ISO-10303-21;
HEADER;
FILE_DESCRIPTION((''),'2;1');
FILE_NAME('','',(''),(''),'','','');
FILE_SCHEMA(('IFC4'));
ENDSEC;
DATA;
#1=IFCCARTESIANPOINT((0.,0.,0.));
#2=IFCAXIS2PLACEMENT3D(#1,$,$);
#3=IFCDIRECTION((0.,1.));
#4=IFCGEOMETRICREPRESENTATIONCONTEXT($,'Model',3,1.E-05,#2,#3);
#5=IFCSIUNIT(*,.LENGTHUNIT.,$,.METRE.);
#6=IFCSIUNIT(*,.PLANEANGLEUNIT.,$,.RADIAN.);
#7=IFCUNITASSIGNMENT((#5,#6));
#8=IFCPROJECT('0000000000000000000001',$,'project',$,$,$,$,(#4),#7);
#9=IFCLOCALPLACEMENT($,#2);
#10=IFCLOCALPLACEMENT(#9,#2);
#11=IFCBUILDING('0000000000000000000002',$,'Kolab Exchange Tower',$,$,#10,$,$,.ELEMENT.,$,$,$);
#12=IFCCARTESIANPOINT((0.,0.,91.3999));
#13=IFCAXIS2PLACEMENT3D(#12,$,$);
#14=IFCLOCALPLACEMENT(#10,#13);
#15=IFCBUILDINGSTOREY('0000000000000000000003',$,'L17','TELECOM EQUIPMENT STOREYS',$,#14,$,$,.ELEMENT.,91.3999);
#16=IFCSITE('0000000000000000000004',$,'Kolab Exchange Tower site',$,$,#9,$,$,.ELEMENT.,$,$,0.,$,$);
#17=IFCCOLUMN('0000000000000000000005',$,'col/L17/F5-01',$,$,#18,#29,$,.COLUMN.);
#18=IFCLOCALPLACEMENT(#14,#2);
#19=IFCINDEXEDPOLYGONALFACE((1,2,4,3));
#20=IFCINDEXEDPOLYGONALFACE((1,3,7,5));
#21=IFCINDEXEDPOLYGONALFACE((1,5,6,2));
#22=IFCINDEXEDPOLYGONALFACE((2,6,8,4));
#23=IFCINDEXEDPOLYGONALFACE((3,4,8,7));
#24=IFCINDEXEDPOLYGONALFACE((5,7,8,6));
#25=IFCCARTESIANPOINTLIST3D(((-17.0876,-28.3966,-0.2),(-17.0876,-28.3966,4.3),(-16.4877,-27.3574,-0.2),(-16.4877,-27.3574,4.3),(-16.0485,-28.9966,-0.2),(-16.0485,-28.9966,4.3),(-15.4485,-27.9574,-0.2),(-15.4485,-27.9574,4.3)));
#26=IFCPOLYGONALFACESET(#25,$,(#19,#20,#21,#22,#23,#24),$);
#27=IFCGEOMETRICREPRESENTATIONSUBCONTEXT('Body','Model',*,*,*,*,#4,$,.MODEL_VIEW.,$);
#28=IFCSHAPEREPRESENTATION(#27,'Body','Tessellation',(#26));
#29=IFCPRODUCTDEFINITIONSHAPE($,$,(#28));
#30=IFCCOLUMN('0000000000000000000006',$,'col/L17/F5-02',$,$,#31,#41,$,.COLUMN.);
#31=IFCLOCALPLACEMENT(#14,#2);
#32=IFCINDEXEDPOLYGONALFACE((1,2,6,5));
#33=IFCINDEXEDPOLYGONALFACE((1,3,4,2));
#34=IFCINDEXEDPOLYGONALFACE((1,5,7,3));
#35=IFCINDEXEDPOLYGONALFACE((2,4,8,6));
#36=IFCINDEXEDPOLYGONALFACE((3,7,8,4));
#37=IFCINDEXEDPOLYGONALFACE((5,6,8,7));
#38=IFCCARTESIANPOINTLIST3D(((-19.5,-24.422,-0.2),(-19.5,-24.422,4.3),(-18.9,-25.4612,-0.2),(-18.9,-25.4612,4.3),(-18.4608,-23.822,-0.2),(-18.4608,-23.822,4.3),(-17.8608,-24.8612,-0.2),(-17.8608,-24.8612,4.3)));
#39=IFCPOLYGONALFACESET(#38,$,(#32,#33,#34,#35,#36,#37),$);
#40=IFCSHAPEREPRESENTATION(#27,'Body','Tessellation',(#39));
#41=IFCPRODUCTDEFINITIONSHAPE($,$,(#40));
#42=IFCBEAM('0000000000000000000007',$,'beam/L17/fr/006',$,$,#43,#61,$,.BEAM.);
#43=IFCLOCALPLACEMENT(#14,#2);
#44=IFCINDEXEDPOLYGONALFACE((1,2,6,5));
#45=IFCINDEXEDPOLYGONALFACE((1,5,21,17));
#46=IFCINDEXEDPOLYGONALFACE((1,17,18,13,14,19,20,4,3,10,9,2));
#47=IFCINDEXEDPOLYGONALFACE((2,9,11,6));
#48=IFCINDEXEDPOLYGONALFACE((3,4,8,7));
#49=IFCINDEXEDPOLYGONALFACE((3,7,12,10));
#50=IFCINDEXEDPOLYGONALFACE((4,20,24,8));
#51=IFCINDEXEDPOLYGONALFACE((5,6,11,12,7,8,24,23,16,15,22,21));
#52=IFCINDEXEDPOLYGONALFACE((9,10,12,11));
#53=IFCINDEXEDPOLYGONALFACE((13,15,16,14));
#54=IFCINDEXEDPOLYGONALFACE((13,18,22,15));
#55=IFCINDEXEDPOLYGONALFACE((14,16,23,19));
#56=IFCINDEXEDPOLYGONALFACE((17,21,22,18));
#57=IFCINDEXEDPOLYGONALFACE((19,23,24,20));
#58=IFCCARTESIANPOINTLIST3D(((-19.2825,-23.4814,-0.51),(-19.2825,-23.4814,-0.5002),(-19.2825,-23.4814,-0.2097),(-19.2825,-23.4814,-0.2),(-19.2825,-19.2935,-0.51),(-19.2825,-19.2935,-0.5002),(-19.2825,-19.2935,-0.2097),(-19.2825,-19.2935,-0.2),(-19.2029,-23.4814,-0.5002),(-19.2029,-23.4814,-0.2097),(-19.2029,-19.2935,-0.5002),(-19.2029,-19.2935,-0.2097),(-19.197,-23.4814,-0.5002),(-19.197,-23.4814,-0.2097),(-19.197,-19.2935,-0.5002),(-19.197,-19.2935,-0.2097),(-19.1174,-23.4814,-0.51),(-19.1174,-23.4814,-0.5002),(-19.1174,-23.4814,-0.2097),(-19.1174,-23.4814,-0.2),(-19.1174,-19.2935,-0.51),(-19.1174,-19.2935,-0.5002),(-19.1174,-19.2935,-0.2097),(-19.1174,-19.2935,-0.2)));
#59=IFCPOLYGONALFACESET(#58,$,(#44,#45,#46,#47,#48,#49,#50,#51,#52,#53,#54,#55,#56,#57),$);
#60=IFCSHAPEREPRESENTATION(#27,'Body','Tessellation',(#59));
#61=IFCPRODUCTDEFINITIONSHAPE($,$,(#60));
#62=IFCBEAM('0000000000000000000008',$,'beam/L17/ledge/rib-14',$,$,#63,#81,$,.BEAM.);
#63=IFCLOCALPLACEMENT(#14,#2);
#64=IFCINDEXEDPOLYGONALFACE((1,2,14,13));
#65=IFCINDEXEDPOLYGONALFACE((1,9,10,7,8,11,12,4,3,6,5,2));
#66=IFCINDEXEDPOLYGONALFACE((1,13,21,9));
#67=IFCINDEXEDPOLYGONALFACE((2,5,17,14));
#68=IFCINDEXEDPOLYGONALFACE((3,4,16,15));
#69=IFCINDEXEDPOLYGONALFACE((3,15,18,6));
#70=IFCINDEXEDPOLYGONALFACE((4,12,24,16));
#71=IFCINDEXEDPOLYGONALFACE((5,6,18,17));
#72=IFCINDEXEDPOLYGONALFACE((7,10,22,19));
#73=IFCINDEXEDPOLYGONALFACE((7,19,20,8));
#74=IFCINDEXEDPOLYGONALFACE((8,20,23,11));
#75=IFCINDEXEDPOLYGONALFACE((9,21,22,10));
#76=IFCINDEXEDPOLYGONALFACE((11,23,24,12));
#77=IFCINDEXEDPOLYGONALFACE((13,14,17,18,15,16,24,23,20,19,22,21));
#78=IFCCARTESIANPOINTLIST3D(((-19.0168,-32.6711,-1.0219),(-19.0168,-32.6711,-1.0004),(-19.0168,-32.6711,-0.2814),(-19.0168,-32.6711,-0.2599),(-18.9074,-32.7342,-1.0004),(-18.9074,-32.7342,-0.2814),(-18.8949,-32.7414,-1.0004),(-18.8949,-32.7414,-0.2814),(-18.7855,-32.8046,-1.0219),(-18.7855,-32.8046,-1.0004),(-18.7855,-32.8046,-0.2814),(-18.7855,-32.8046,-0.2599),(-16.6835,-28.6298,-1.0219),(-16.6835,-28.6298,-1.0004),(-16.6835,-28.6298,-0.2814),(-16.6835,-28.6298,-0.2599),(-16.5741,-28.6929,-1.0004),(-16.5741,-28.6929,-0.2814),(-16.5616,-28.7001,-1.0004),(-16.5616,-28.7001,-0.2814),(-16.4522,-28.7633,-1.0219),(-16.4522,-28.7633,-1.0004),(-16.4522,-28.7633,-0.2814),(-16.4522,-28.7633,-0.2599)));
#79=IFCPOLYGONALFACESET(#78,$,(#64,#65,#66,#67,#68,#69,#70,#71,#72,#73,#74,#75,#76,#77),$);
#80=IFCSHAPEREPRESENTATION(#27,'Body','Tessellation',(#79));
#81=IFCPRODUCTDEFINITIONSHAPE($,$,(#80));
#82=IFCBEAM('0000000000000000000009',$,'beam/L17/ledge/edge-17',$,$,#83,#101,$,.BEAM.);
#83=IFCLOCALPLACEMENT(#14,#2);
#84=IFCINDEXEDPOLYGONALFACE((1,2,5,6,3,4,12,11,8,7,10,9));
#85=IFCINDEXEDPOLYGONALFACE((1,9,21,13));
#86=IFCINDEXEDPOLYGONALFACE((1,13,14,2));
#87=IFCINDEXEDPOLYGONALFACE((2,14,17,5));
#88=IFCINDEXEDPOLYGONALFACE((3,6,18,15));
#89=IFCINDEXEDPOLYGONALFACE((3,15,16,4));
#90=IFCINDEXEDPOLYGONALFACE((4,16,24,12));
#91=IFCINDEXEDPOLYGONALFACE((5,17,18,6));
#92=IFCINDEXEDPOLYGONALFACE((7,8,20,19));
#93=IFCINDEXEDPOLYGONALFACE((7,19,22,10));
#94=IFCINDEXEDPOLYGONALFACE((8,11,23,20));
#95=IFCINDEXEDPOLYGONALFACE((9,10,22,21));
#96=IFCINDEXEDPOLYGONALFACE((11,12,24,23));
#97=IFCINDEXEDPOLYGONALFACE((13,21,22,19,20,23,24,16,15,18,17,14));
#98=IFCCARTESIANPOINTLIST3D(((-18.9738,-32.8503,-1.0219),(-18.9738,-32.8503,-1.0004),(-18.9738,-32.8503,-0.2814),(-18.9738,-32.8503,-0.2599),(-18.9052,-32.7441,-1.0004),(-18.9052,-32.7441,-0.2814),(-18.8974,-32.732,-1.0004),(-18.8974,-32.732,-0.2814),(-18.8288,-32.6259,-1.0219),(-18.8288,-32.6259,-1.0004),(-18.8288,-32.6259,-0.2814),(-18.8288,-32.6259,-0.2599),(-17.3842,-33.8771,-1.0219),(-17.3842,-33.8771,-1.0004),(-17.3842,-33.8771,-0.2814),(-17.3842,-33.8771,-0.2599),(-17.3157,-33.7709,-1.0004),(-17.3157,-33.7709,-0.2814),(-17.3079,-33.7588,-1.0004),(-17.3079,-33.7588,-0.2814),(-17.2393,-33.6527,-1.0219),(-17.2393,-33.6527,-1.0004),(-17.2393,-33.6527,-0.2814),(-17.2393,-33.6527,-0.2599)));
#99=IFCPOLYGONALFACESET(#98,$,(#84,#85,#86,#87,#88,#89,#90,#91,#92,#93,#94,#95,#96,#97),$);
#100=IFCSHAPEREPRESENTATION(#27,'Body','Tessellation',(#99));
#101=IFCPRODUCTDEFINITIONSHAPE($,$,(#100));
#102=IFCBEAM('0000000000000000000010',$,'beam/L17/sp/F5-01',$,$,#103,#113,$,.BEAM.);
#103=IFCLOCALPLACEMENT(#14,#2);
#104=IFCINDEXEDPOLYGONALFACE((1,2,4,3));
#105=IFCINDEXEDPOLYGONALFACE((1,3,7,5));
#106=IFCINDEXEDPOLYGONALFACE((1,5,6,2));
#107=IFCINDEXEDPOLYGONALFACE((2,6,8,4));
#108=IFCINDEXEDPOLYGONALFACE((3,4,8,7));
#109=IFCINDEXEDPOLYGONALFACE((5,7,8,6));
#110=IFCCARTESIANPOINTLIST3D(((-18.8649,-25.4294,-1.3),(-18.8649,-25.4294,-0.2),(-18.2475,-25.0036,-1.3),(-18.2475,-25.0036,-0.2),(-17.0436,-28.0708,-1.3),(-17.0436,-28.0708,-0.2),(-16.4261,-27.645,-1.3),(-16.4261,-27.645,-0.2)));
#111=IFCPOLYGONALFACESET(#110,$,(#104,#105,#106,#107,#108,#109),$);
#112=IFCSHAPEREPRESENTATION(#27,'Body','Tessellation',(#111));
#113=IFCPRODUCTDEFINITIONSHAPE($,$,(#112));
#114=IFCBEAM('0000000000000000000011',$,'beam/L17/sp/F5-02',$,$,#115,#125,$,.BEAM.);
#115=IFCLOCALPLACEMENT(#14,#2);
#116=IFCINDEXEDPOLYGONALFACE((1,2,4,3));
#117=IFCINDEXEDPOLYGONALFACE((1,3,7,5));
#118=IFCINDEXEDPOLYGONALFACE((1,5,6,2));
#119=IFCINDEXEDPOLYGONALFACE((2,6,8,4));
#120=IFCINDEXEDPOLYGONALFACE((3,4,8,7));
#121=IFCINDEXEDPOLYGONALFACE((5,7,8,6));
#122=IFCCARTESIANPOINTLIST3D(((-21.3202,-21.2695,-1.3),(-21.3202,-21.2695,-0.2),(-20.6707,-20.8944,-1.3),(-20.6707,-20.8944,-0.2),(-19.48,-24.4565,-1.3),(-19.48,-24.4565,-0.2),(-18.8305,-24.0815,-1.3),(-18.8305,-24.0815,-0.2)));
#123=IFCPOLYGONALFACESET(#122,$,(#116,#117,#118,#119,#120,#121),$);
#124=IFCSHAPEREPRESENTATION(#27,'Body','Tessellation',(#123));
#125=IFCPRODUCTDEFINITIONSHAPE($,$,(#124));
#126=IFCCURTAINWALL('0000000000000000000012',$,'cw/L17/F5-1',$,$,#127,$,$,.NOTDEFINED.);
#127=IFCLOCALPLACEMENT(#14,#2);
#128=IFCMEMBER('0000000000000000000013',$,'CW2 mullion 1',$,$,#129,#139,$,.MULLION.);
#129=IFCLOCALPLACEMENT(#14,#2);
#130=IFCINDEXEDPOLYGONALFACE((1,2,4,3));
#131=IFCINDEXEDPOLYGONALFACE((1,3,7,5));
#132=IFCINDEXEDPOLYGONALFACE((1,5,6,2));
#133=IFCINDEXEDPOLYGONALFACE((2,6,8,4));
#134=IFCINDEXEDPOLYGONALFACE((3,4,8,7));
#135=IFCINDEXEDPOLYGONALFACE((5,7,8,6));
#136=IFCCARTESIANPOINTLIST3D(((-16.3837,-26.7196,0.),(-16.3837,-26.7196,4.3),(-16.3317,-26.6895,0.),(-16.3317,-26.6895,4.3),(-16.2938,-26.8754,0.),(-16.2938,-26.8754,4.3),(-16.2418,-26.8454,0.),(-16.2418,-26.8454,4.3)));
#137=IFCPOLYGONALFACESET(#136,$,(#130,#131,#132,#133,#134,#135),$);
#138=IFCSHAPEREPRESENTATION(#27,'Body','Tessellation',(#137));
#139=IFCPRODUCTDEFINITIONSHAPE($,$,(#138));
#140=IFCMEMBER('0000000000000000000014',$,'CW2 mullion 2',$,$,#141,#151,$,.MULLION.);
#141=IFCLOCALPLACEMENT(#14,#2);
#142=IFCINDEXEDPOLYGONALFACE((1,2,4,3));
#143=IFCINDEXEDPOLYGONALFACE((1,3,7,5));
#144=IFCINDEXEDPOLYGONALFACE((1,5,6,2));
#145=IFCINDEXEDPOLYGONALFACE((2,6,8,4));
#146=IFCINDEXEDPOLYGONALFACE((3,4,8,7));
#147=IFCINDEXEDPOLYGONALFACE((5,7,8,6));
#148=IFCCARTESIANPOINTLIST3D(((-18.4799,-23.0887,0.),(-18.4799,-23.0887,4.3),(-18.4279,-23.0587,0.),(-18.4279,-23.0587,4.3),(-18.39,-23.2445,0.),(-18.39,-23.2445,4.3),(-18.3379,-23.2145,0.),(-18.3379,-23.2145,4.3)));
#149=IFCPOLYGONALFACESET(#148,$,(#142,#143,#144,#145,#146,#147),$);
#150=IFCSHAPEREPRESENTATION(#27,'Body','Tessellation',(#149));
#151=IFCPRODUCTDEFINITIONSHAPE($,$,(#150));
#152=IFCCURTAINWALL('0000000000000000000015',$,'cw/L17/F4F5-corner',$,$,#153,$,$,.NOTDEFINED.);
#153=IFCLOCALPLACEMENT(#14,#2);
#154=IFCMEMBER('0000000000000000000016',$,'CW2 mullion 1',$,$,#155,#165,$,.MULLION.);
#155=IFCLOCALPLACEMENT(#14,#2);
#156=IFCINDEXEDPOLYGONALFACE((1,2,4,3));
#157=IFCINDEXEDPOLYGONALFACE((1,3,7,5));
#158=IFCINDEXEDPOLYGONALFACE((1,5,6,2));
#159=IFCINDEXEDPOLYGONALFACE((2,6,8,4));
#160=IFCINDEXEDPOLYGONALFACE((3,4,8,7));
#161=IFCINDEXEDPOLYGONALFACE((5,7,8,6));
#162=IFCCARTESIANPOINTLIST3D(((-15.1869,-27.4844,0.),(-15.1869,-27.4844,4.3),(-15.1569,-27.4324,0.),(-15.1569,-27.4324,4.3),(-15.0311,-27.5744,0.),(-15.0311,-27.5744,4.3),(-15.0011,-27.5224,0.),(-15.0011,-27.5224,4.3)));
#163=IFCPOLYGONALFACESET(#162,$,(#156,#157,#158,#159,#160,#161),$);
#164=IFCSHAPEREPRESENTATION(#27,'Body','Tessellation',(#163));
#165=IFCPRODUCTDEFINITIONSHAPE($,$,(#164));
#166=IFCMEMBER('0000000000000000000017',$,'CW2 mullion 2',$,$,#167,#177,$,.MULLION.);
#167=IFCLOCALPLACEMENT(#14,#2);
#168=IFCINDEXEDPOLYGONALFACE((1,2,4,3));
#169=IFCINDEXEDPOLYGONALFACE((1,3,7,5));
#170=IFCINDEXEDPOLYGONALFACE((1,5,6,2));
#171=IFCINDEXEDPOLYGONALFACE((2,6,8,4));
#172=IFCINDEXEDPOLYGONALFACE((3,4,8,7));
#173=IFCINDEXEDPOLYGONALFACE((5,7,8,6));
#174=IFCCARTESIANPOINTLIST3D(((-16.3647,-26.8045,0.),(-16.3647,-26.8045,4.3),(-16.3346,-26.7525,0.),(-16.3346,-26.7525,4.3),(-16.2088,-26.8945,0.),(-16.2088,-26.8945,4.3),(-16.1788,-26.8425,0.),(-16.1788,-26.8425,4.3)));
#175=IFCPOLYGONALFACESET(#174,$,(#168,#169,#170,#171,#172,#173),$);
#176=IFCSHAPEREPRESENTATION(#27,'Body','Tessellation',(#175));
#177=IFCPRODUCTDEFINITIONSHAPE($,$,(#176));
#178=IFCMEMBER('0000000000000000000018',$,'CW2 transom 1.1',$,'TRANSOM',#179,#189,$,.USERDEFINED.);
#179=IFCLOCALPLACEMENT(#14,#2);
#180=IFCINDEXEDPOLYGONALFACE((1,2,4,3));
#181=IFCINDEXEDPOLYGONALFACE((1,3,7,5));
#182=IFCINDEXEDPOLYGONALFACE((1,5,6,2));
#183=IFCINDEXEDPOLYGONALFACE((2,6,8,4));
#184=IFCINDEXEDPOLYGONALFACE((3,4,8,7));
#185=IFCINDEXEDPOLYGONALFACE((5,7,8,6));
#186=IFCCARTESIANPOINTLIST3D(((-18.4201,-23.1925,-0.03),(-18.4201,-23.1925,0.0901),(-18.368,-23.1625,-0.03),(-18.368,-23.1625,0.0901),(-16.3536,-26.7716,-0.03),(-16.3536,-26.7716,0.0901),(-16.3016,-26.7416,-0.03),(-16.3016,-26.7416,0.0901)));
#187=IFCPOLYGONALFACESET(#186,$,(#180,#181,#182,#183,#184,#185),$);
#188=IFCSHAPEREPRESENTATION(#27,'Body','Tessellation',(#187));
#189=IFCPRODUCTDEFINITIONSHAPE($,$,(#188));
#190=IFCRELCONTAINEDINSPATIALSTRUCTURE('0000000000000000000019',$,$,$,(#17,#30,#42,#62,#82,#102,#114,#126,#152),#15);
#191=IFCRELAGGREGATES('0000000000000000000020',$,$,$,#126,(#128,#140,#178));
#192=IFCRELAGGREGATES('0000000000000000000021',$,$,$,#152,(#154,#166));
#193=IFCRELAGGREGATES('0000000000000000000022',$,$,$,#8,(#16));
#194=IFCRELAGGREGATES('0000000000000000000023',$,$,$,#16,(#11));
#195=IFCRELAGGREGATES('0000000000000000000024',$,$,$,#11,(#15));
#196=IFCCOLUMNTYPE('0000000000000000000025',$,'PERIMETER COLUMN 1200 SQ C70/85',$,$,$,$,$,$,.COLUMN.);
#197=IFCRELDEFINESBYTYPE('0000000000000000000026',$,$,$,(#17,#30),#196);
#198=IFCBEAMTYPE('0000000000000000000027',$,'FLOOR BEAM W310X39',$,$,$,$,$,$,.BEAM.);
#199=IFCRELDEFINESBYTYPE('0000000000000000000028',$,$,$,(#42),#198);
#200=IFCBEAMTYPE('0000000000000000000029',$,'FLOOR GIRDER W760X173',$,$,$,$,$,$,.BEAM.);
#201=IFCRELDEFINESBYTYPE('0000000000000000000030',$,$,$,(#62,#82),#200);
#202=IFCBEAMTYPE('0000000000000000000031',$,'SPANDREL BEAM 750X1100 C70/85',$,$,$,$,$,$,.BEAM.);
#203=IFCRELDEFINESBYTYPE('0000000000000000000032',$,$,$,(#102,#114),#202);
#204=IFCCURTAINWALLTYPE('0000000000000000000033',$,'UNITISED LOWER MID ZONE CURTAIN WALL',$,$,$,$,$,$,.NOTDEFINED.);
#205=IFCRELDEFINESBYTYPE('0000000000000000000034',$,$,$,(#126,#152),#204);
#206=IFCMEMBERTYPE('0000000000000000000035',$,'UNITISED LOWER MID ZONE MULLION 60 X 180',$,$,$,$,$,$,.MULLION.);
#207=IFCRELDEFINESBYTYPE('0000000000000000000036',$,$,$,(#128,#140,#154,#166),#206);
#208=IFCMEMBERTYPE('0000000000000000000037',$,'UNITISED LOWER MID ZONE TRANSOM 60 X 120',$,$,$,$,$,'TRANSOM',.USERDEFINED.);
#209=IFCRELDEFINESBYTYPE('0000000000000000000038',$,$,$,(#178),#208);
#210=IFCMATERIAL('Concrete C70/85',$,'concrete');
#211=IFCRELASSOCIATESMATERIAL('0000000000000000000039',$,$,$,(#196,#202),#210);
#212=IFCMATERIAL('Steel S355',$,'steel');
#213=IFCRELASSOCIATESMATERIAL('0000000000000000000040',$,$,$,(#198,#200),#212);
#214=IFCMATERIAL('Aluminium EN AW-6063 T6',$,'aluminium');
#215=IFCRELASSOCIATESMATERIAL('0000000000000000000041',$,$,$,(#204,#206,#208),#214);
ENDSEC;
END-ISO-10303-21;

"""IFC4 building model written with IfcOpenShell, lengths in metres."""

from ifc_helpers import new_model, si_unit, direction, frame, origin, origin_2d, place, context, subcontext, project, spatial, rectangle, i_section, extrude, material, material_profile, profile_set, type_object, element, aggregate, save


model = new_model("IFC4")

# Units and contexts
model_context = context("Model", 3, precision=1e-05, world=origin(), true_north=direction((0.0, 1.0)))
body_context = subcontext(model_context, "Body", "Model", "MODEL_VIEW")
ifc_project = project(units=[si_unit("LENGTHUNIT", "METRE"), si_unit("PLANEANGLEUNIT", "RADIAN")], contexts=[model_context])

# Site, building, storey
site_placement = place(None, origin())
site = spatial("IfcSite", under=ifc_project, at=site_placement, Name="Kolab Exchange Tower site", CompositionType="ELEMENT", RefElevation=0.0)
building_placement = place(site_placement, origin())
building = spatial("IfcBuilding", under=site, at=building_placement, Name="Kolab Exchange Tower", CompositionType="ELEMENT")
storey_placement = place(building_placement, frame((0.0, 0.0, 91.3999)))
storey = spatial("IfcBuildingStorey", under=building, at=storey_placement, Name="L17", Description="TELECOM EQUIPMENT STOREYS", CompositionType="ELEMENT", Elevation=91.3999)

# Columns
ifc_material_1 = material(Name="Concrete C70/85", Category="concrete")
ifc_material_profile_1 = material_profile(ifc_material_1, rectangle(XDim=1.2, YDim=1.2, at=origin_2d()), Name="RC1200")
ifc_profile_set_1 = profile_set([ifc_material_profile_1], Name="Concrete C70/85")
column_type = type_object("IfcColumnType", Name="PERIMETER COLUMN 1200 SQ C70/85", PredefinedType="COLUMN", material=ifc_profile_set_1)
for number, where, z_axis, x_axis, name in (
    (1, (-16.2681, -28.177, -0.2), (0.0, 0.0, 1.0), (0.5, 0.866025, 0.0), "col/L17/F5-01"),
    (2, (-18.6804, -24.6416, -0.2), (0.0, 0.0, 1.0), (0.866025, 0.5, 0.0), "col/L17/F5-02"),
):
    element("IfcColumn", number, at=place(storey_placement, frame(where, z_axis=z_axis, x_axis=x_axis)), inside=storey, type_object=column_type, Name=name, PredefinedType="COLUMN", context=body_context, shape_type="SweptSolid", body=[
        extrude(rectangle(XDim=1.2, YDim=1.2, at=origin_2d()), origin(), (0.0, 0.0, 1.0), 4.5),
    ])

# Beams
ifc_material_2 = material(Name="Steel S355", Category="steel")
ifc_material_profile_2 = material_profile(ifc_material_2, i_section(OverallWidth=0.165, OverallDepth=0.3101, WebThickness=0.0059, FlangeThickness=0.0098, at=origin_2d()), Name="W310X39")
ifc_profile_set_2 = profile_set([ifc_material_profile_2], Name="Steel S355")
beam_type_1 = type_object("IfcBeamType", Name="FLOOR BEAM W310X39", PredefinedType="BEAM", material=ifc_profile_set_2)
beam_1_placement = place(storey_placement, frame((-19.2, -23.4814, -0.355), z_axis=(0.0, 1.0, 0.0), x_axis=(-1.0, 0.0, 0.0)))
element("IfcBeam", 3, at=beam_1_placement, inside=storey, type_object=beam_type_1, Name="beam/L17/fr/006", PredefinedType="BEAM", context=body_context, shape_type="SweptSolid", body=[
    extrude(i_section(OverallWidth=0.165, OverallDepth=0.3101, WebThickness=0.0059, FlangeThickness=0.0098, at=origin_2d()), origin(), (0.0, 0.0, 1.0), 4.188),
])
ifc_material_profile_3 = material_profile(ifc_material_2, i_section(OverallWidth=0.2671, OverallDepth=0.762, WebThickness=0.0144, FlangeThickness=0.0215, at=origin_2d()), Name="W760X173")
ifc_profile_set_3 = profile_set([ifc_material_profile_3], Name="Steel S355")
beam_type_2 = type_object("IfcBeamType", Name="FLOOR GIRDER W760X173", PredefinedType="BEAM", material=ifc_profile_set_3)
beam_2_placement = place(storey_placement, frame((-16.5679, -28.6965, -0.6409), z_axis=(-0.500005, -0.866023, 0.0), x_axis=(0.866023, -0.500005, 0.0)))
element("IfcBeam", 4, at=beam_2_placement, inside=storey, type_object=beam_type_2, Name="beam/L17/ledge/rib-14", PredefinedType="BEAM", context=body_context, shape_type="SweptSolid", body=[
    extrude(i_section(OverallWidth=0.2671, OverallDepth=0.762, WebThickness=0.0144, FlangeThickness=0.0215, at=origin_2d()), origin(), (0.0, 0.0, 1.0), 4.6665),
])
beam_3_placement = place(storey_placement, frame((-17.3118, -33.7649, -0.6409), z_axis=(-0.839982, 0.542615, 0.0), x_axis=(-0.542615, -0.839982, 0.0)))
element("IfcBeam", 5, at=beam_3_placement, inside=storey, type_object=beam_type_2, Name="beam/L17/ledge/edge-17", PredefinedType="BEAM", context=body_context, shape_type="SweptSolid", body=[
    extrude(i_section(OverallWidth=0.2671, OverallDepth=0.762, WebThickness=0.0144, FlangeThickness=0.0215, at=origin_2d()), origin(), (0.0, 0.0, 1.0), 1.8923),
])
ifc_material_profile_4 = material_profile(ifc_material_1, rectangle(XDim=0.75, YDim=1.1001, at=origin_2d()), Name="RC750X1100")
ifc_profile_set_4 = profile_set([ifc_material_profile_4], Name="Concrete C70/85")
beam_type_3 = type_object("IfcBeamType", Name="SPANDREL BEAM 750X1100 C70/85", PredefinedType="BEAM", material=ifc_profile_set_4)
beam_4_placement = place(storey_placement, frame((-16.7349, -27.8579, -0.75), z_axis=(-0.567662, 0.823262, 0.0), x_axis=(-0.823262, -0.567662, 0.0)))
element("IfcBeam", 6, at=beam_4_placement, inside=storey, type_object=beam_type_3, Name="beam/L17/sp/F5-01", PredefinedType="BEAM", context=body_context, shape_type="SweptSolid", body=[
    extrude(rectangle(XDim=0.75, YDim=1.1001, at=origin_2d()), origin(), (0.0, 0.0, 1.0), 3.2085),
])
beam_5_placement = place(storey_placement, frame((-19.1553, -24.269, -0.75), z_axis=(-0.500013, 0.866018, 0.0), x_axis=(-0.866018, -0.500013, 0.0)))
element("IfcBeam", 7, at=beam_5_placement, inside=storey, type_object=beam_type_3, Name="beam/L17/sp/F5-02", PredefinedType="BEAM", context=body_context, shape_type="SweptSolid", body=[
    extrude(rectangle(XDim=0.75, YDim=1.1001, at=origin_2d()), origin(), (0.0, 0.0, 1.0), 3.6802),
])

# Curtain walls, members
ifc_material_3 = material(Name="Aluminium EN AW-6063 T6", Category="aluminium")
curtain_wall_type = type_object("IfcCurtainWallType", Name="UNITISED LOWER MID ZONE CURTAIN WALL", PredefinedType="NOTDEFINED", material=ifc_material_3)
curtain_wall_1_placement = place(storey_placement, origin())
curtain_wall_1 = element("IfcCurtainWall", 8, at=curtain_wall_1_placement, inside=storey, type_object=curtain_wall_type, Name="cw/L17/F5-1", PredefinedType="NOTDEFINED")
ifc_material_profile_5 = material_profile(ifc_material_3, rectangle(XDim=0.0601, YDim=0.1799, at=origin_2d()), Name="RECT 60X180")
ifc_profile_set_5 = profile_set([ifc_material_profile_5], Name="Aluminium EN AW-6063 T6")
member_type_1 = type_object("IfcMemberType", Name="UNITISED LOWER MID ZONE MULLION 60 X 180", PredefinedType="MULLION", material=ifc_profile_set_5)
member_1_placement = place(storey_placement, frame((-16.3127, -26.7825, 0.0), z_axis=(0.0, 0.0, 1.0), x_axis=(-0.866025, -0.5, 0.0)))
member_1 = element("IfcMember", 9, at=member_1_placement, type_object=member_type_1, Name="CW2 mullion 1", PredefinedType="MULLION", context=body_context, shape_type="SweptSolid", body=[
    extrude(rectangle(XDim=0.0601, YDim=0.1799, at=origin_2d()), origin(), (0.0, 0.0, 1.0), 4.3),
])
member_2_placement = place(storey_placement, frame((-18.4089, -23.1516, 0.0), z_axis=(0.0, 0.0, 1.0), x_axis=(-0.866025, -0.5, 0.0)))
member_2 = element("IfcMember", 10, at=member_2_placement, type_object=member_type_1, Name="CW2 mullion 2", PredefinedType="MULLION", context=body_context, shape_type="SweptSolid", body=[
    extrude(rectangle(XDim=0.0601, YDim=0.1799, at=origin_2d()), origin(), (0.0, 0.0, 1.0), 4.3),
])
curtain_wall_2_placement = place(storey_placement, origin())
curtain_wall_2 = element("IfcCurtainWall", 11, at=curtain_wall_2_placement, inside=storey, type_object=curtain_wall_type, Name="cw/L17/F4F5-corner", PredefinedType="NOTDEFINED")
member_3_placement = place(storey_placement, frame((-15.094, -27.5034, 0.0), z_axis=(0.0, 0.0, 1.0), x_axis=(-0.5, -0.866025, 0.0)))
member_3 = element("IfcMember", 12, at=member_3_placement, type_object=member_type_1, Name="CW2 mullion 1", PredefinedType="MULLION", context=body_context, shape_type="SweptSolid", body=[
    extrude(rectangle(XDim=0.0601, YDim=0.1799, at=origin_2d()), origin(), (0.0, 0.0, 1.0), 4.3),
])
member_4_placement = place(storey_placement, frame((-16.2717, -26.8235, 0.0), z_axis=(0.0, 0.0, 1.0), x_axis=(-0.5, -0.866025, 0.0)))
member_4 = element("IfcMember", 13, at=member_4_placement, type_object=member_type_1, Name="CW2 mullion 2", PredefinedType="MULLION", context=body_context, shape_type="SweptSolid", body=[
    extrude(rectangle(XDim=0.0601, YDim=0.1799, at=origin_2d()), origin(), (0.0, 0.0, 1.0), 4.3),
])

# Member
ifc_material_profile_6 = material_profile(ifc_material_3, rectangle(XDim=0.0601, YDim=0.1201, at=origin_2d()), Name="RECT 60X120")
ifc_profile_set_6 = profile_set([ifc_material_profile_6], Name="Aluminium EN AW-6063 T6")
member_type_2 = type_object("IfcMemberType", Name="UNITISED LOWER MID ZONE TRANSOM 60 X 120", ElementType="TRANSOM", PredefinedType="USERDEFINED", material=ifc_profile_set_6)
member_5_placement = place(storey_placement, frame((-16.3276, -26.7566, 0.03), z_axis=(-0.500002, 0.866024, 0.0), x_axis=(-0.866024, -0.500002, 0.0)))
member_5 = element("IfcMember", 14, at=member_5_placement, type_object=member_type_2, Name="CW2 transom 1.1", ObjectType="TRANSOM", PredefinedType="USERDEFINED", context=body_context, shape_type="SweptSolid", body=[
    extrude(rectangle(XDim=0.0601, YDim=0.1201, at=origin_2d()), origin(), (0.0, 0.0, 1.0), 4.1328),
])

aggregate(curtain_wall_1, [member_1, member_2, member_5])
aggregate(curtain_wall_2, [member_3, member_4])

save(model, "model.ifc")
